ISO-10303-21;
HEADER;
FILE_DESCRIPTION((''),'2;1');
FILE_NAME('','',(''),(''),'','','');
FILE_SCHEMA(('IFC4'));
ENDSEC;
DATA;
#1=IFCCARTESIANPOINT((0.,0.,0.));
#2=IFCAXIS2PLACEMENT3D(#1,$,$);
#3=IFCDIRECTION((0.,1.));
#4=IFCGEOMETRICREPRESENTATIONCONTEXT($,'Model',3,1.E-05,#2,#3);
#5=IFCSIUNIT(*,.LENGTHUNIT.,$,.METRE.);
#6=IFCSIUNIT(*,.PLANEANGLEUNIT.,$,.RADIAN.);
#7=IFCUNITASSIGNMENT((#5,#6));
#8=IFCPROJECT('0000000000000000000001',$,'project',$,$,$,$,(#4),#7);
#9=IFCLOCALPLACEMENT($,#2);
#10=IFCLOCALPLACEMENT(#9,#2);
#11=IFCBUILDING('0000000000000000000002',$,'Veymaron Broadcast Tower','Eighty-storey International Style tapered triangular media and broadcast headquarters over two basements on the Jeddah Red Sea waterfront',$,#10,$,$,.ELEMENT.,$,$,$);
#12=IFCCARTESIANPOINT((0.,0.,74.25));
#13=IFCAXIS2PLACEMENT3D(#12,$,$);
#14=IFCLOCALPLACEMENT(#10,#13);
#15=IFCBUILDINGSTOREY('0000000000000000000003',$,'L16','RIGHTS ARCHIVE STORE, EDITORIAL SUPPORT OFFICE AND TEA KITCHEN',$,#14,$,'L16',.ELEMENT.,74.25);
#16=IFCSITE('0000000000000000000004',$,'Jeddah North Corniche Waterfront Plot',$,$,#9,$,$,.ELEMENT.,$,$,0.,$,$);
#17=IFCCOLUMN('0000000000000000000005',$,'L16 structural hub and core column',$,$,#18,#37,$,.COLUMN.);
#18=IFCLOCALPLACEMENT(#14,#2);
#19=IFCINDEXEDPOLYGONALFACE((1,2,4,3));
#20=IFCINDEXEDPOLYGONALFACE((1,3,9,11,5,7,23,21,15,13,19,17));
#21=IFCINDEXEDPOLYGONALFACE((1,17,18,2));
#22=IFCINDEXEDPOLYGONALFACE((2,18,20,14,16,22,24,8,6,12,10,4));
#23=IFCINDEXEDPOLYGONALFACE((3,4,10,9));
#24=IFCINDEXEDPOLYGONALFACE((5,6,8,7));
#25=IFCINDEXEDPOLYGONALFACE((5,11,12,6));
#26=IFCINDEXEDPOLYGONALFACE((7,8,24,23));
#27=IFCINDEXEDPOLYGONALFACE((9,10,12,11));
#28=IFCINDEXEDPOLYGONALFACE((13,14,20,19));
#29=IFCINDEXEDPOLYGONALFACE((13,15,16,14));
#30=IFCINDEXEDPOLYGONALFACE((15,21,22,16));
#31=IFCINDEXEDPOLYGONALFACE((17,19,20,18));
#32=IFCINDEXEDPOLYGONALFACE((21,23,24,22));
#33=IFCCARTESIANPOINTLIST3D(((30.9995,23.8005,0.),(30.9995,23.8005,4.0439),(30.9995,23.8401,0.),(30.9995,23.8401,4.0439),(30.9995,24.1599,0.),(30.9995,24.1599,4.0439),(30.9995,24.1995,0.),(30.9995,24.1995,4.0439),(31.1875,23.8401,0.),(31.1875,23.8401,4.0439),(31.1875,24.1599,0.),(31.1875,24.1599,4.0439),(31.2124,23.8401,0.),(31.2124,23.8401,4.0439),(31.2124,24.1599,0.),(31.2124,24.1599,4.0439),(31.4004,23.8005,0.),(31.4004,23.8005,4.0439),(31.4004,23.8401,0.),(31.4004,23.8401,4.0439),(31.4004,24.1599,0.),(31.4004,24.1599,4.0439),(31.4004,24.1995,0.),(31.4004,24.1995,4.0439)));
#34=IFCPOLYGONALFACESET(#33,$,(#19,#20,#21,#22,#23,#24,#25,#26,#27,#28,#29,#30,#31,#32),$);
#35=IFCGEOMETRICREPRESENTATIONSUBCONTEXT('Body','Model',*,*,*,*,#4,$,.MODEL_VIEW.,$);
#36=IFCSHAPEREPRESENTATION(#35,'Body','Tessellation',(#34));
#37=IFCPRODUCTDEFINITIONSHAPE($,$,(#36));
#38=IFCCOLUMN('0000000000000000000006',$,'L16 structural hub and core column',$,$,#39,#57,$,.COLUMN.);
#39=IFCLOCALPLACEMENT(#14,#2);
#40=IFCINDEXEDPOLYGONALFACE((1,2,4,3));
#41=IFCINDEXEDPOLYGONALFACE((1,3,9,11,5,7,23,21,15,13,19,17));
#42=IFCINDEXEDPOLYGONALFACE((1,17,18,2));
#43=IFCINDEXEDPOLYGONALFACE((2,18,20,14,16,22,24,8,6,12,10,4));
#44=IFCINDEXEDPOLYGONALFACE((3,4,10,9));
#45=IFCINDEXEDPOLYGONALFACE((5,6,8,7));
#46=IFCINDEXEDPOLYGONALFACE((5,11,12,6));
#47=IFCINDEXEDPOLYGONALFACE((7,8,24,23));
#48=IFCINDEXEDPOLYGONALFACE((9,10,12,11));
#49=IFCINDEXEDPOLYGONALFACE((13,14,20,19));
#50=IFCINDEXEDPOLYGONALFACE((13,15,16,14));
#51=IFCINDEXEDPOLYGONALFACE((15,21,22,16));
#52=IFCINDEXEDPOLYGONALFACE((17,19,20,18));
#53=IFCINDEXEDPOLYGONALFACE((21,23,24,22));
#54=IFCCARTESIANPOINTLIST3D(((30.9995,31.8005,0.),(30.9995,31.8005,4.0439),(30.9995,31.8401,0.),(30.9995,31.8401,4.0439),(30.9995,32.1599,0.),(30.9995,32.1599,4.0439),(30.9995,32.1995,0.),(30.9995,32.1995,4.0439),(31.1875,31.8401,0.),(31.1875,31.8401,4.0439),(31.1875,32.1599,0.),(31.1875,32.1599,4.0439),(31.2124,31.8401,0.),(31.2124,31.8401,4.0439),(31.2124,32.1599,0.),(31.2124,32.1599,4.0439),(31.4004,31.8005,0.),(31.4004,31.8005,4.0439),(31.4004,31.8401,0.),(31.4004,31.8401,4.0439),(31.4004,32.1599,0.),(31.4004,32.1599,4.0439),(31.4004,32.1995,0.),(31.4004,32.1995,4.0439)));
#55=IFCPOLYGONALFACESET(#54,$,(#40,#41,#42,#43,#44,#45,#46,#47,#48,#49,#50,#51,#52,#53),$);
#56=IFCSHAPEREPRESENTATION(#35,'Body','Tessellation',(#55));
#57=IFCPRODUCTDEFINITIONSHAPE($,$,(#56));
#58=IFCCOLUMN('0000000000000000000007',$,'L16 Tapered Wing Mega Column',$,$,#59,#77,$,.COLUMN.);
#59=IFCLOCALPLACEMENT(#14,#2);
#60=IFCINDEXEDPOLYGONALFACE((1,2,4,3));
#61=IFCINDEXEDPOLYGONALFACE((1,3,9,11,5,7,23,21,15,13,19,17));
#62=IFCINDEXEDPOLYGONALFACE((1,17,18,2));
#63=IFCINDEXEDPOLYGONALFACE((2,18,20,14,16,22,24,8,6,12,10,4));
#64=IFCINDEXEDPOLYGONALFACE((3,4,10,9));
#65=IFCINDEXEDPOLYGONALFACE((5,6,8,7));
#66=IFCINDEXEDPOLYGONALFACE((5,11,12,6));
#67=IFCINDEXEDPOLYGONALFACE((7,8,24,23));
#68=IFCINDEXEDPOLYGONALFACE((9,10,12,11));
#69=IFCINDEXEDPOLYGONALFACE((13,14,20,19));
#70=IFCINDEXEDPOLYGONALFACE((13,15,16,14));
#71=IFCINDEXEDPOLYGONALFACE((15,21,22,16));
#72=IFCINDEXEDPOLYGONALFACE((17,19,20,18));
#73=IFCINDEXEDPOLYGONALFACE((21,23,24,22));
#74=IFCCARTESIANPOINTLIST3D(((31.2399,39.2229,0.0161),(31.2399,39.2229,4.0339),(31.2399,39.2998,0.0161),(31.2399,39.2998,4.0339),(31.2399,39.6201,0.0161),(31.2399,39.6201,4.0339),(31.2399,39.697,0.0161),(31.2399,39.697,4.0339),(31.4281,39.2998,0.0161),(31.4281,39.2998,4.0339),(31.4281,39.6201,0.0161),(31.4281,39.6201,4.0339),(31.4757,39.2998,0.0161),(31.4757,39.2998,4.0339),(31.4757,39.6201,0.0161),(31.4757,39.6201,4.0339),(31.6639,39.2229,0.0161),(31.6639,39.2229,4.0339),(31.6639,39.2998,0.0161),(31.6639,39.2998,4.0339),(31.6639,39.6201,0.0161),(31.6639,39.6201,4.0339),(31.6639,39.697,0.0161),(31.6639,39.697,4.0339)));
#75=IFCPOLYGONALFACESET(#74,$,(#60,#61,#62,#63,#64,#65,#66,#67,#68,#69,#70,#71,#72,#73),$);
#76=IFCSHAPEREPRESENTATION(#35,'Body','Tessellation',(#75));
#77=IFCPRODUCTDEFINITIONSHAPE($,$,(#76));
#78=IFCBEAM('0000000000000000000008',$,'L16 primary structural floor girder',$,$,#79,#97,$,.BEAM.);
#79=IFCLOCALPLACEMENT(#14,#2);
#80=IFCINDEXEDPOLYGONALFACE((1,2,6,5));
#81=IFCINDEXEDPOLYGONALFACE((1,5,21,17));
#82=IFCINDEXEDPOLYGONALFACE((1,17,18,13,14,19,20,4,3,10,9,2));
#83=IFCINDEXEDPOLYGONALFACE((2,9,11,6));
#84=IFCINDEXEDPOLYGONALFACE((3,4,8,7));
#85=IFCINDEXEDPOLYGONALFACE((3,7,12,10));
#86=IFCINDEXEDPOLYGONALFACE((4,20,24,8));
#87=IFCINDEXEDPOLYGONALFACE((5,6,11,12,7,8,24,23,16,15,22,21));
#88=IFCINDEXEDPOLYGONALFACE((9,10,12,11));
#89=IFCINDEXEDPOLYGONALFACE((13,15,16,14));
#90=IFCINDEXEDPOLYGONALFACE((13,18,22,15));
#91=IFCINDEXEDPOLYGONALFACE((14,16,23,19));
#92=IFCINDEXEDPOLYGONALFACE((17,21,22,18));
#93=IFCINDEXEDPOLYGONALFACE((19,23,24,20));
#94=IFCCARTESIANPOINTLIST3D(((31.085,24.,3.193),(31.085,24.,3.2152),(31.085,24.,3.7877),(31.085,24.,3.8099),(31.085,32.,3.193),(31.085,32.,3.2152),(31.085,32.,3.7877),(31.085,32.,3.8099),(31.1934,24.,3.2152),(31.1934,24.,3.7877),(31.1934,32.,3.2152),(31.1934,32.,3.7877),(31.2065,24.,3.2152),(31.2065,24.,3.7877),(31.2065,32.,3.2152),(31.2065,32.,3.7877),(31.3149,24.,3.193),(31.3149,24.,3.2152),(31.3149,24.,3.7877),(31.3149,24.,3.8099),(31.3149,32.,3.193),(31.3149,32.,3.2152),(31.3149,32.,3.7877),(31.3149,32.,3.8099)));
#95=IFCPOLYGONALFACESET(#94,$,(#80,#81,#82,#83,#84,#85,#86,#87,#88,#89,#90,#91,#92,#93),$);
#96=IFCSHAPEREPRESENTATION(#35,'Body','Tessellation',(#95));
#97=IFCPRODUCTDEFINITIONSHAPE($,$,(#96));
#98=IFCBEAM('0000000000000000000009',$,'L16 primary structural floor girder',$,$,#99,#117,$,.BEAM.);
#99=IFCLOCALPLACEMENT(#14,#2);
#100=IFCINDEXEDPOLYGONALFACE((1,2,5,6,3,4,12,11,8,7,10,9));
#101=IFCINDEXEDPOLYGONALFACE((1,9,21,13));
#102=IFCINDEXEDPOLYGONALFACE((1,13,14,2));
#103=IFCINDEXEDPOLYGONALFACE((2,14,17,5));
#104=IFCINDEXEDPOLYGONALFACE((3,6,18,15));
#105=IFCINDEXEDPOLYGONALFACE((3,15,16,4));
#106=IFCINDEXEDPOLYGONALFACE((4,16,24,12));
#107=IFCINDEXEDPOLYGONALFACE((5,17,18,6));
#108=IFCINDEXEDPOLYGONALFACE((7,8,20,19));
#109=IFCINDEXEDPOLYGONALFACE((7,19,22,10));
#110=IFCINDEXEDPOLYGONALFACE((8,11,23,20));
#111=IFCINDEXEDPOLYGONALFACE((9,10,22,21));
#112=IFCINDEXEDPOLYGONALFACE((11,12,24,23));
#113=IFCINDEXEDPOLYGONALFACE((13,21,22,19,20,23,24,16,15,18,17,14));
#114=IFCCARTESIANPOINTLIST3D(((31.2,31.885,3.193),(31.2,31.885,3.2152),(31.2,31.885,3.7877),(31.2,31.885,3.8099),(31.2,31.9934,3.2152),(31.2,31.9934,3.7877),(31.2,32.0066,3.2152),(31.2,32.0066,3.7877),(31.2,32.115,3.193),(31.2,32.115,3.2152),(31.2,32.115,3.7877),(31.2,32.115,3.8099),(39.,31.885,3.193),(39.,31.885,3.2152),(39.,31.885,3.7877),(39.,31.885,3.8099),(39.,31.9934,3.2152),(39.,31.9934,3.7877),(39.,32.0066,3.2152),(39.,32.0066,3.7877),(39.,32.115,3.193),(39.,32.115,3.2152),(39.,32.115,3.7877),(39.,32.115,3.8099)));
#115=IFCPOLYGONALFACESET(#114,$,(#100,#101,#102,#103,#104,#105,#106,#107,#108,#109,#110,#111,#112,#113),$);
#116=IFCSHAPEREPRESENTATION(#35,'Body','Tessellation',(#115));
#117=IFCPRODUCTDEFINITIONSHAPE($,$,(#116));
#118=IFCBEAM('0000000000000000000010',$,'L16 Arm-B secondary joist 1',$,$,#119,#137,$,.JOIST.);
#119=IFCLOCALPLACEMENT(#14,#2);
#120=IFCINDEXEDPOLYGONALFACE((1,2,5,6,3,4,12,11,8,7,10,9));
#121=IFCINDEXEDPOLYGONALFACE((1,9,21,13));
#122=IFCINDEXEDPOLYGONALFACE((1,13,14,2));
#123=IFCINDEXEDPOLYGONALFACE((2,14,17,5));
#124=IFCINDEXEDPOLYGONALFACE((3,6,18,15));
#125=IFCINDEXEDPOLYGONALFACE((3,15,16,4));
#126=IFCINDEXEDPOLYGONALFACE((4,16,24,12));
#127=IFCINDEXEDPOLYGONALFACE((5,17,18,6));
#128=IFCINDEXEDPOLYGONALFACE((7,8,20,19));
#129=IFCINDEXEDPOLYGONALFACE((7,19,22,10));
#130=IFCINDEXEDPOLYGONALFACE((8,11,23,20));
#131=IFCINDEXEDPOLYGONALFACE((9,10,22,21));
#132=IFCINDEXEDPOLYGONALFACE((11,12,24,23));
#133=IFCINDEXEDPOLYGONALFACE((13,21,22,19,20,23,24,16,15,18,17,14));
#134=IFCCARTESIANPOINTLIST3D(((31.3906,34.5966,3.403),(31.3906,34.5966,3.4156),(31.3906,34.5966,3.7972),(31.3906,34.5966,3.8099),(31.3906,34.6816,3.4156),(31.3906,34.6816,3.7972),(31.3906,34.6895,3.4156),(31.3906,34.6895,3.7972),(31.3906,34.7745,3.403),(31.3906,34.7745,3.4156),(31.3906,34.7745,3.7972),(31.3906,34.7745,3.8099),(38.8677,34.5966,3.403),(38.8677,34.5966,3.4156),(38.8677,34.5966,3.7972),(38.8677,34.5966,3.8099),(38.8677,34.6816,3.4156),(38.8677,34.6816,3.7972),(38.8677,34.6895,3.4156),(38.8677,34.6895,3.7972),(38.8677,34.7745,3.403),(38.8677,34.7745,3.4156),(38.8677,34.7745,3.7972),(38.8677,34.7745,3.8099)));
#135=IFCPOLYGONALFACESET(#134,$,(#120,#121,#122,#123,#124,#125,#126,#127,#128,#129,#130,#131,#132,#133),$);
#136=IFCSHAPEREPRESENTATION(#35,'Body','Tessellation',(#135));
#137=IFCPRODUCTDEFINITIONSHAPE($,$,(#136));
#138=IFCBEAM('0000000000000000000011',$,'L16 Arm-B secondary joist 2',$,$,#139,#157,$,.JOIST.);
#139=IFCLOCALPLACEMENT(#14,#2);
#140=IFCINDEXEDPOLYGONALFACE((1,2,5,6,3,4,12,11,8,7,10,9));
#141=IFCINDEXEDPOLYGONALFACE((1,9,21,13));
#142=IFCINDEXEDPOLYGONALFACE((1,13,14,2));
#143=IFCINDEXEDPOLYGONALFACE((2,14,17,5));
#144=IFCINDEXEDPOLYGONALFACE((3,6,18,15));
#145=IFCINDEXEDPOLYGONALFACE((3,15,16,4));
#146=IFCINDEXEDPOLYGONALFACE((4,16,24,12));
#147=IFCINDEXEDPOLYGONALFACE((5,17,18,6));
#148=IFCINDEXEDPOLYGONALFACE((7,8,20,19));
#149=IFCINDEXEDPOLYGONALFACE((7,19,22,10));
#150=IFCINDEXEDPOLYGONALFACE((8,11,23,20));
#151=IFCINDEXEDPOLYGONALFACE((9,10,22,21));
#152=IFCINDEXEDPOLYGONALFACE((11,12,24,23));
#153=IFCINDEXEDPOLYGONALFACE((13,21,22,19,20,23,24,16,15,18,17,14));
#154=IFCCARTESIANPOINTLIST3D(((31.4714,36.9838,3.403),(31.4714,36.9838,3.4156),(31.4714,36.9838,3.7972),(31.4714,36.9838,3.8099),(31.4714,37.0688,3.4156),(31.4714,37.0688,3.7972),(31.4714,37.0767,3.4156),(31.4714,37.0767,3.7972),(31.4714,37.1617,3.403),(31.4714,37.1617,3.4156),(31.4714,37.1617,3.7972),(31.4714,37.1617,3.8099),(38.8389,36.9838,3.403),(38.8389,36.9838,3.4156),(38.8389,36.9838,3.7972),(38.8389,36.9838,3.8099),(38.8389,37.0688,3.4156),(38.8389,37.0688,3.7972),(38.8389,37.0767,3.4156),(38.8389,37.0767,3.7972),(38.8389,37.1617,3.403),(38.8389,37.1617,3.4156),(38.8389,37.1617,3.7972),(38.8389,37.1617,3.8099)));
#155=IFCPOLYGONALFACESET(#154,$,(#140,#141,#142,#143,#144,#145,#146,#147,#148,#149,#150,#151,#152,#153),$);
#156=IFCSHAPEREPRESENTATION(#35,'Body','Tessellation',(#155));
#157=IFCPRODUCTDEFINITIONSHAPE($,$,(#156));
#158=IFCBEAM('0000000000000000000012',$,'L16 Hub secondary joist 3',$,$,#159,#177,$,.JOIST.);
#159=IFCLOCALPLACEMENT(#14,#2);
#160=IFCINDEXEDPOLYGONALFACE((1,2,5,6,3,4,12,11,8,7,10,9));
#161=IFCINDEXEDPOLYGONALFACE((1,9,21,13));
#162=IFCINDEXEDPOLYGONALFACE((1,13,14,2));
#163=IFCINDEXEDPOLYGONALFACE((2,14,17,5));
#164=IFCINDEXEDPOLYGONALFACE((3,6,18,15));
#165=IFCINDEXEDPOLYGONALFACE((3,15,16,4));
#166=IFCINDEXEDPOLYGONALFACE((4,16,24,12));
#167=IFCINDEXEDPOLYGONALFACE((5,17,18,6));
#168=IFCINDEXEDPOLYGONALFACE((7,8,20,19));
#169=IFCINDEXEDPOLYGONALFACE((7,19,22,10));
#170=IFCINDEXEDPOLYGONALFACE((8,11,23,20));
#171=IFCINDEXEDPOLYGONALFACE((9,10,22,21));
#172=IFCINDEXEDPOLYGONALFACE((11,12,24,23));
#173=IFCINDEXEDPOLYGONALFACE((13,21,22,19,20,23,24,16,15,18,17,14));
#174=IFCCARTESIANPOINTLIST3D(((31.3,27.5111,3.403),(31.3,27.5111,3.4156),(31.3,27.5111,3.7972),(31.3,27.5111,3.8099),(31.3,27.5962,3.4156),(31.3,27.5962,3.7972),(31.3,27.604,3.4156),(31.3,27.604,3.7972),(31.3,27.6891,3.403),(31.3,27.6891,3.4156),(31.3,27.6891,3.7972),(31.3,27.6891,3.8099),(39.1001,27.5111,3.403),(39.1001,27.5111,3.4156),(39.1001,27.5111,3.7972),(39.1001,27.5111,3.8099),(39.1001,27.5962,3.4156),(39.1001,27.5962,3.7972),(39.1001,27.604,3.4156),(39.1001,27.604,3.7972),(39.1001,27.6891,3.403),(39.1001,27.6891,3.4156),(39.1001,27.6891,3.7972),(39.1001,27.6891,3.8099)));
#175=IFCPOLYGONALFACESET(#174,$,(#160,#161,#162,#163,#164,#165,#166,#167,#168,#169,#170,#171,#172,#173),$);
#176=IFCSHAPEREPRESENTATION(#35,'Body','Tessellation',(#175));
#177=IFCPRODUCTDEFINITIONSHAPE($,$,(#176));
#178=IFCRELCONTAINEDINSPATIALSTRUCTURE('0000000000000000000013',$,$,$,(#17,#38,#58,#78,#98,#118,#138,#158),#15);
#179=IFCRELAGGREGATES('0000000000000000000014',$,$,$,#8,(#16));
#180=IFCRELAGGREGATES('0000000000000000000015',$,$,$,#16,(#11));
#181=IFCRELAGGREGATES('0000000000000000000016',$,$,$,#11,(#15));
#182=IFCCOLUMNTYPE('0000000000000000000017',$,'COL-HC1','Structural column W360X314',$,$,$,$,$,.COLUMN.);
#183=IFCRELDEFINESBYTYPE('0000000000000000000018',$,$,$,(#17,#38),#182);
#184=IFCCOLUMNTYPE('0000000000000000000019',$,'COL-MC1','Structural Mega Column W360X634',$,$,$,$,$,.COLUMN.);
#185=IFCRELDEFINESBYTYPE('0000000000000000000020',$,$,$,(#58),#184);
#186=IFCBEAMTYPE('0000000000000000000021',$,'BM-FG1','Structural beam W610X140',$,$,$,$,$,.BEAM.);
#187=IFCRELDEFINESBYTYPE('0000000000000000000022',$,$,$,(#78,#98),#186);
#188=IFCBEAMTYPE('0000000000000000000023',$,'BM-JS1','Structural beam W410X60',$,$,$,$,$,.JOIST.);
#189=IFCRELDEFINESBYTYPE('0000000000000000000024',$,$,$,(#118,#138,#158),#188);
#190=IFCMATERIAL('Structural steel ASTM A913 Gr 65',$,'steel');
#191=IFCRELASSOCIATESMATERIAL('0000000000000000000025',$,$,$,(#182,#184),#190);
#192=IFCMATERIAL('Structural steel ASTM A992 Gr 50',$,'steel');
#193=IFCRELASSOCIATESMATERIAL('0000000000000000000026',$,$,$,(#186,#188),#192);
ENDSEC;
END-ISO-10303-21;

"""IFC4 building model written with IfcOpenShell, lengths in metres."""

from ifc_helpers import new_model, si_unit, direction, frame, origin, origin_2d, place, context, subcontext, project, spatial, i_section, extrude, material, material_profile, profile_set, type_object, element, save


model = new_model("IFC4")

# Units and contexts
model_context = context("Model", 3, precision=1e-05, world=origin(), true_north=direction((0.0, 1.0)))
body_context = subcontext(model_context, "Body", "Model", "MODEL_VIEW")
ifc_project = project(units=[si_unit("LENGTHUNIT", "METRE"), si_unit("PLANEANGLEUNIT", "RADIAN")], contexts=[model_context])

# Site, building, storey
site_placement = place(None, origin())
site = spatial("IfcSite", under=ifc_project, at=site_placement, Name="Jeddah North Corniche Waterfront Plot", CompositionType="ELEMENT", RefElevation=0.0)
building_placement = place(site_placement, origin())
building = spatial("IfcBuilding", under=site, at=building_placement, Name="Veymaron Broadcast Tower", Description="Eighty-storey International Style tapered triangular media and broadcast headquarters over two basements on the Jeddah Red Sea waterfront", CompositionType="ELEMENT")
storey_placement = place(building_placement, frame((0.0, 0.0, 74.25)))
storey = spatial("IfcBuildingStorey", under=building, at=storey_placement, Name="L16", Description="RIGHTS ARCHIVE STORE, EDITORIAL SUPPORT OFFICE AND TEA KITCHEN", LongName="L16", CompositionType="ELEMENT", Elevation=74.25)

# Columns
ifc_material_1 = material(Name="Structural steel ASTM A913 Gr 65", Category="steel")
ifc_material_profile_1 = material_profile(ifc_material_1, i_section(OverallWidth=0.4009, OverallDepth=0.3989, WebThickness=0.0249, FlangeThickness=0.0396, at=origin_2d()), Name="W360X314")
ifc_profile_set_1 = profile_set([ifc_material_profile_1], Name="Structural steel ASTM A913 Gr 65")
column_type_1 = type_object("IfcColumnType", Name="COL-HC1", Description="Structural column W360X314", PredefinedType="COLUMN", material=ifc_profile_set_1)
for number, where, z_axis, x_axis, name in (
    (1, (31.2, 24.0, 0.0), (0.0, 0.0, 1.0), (1.0, 0.0, 0.0), "L16 structural hub and core column"),
    (2, (31.2, 32.0, 0.0), (0.0, 0.0, 1.0), (1.0, 0.0, 0.0), "L16 structural hub and core column"),
):
    element("IfcColumn", number, at=place(storey_placement, frame(where, z_axis=z_axis, x_axis=x_axis)), inside=storey, type_object=column_type_1, Name=name, PredefinedType="COLUMN", context=body_context, shape_type="SweptSolid", body=[
        extrude(i_section(OverallWidth=0.4009, OverallDepth=0.3989, WebThickness=0.0249, FlangeThickness=0.0396, at=origin_2d()), origin(), (0.0, 0.0, 1.0), 4.0439),
    ])
ifc_material_profile_2 = material_profile(ifc_material_1, i_section(OverallWidth=0.4241, OverallDepth=0.4741, WebThickness=0.0476, FlangeThickness=0.0769, at=origin_2d()), Name="W360X634")
ifc_profile_set_2 = profile_set([ifc_material_profile_2], Name="Structural steel ASTM A913 Gr 65")
column_type_2 = type_object("IfcColumnType", Name="COL-MC1", Description="Structural Mega Column W360X634", PredefinedType="COLUMN", material=ifc_profile_set_2)
column_placement = place(storey_placement, frame((31.4519, 39.46, 0.0161), z_axis=(0.0, 0.0, 1.0), x_axis=(1.0, 0.0, 0.0)))
element("IfcColumn", 3, at=column_placement, inside=storey, type_object=column_type_2, Name="L16 Tapered Wing Mega Column", PredefinedType="COLUMN", context=body_context, shape_type="SweptSolid", body=[
    extrude(i_section(OverallWidth=0.4241, OverallDepth=0.4741, WebThickness=0.0476, FlangeThickness=0.0769, at=origin_2d()), origin(), (0.0, 0.0, 1.0), 4.0178),
])

# Beams
ifc_material_2 = material(Name="Structural steel ASTM A992 Gr 50", Category="steel")
ifc_material_profile_3 = material_profile(ifc_material_2, i_section(OverallWidth=0.23, OverallDepth=0.6169, WebThickness=0.0132, FlangeThickness=0.0222, at=origin_2d()), Name="W610X140")
ifc_profile_set_3 = profile_set([ifc_material_profile_3], Name="Structural steel ASTM A992 Gr 50")
beam_type_1 = type_object("IfcBeamType", Name="BM-FG1", Description="Structural beam W610X140", PredefinedType="BEAM", material=ifc_profile_set_3)
beam_1_placement = place(storey_placement, frame((31.2, 24.0, 3.5015), z_axis=(0.0, 1.0, 0.0), x_axis=(-1.0, 0.0, 0.0)))
element("IfcBeam", 4, at=beam_1_placement, inside=storey, type_object=beam_type_1, Name="L16 primary structural floor girder", PredefinedType="BEAM", context=body_context, shape_type="SweptSolid", body=[
    extrude(i_section(OverallWidth=0.23, OverallDepth=0.6169, WebThickness=0.0132, FlangeThickness=0.0222, at=origin_2d()), origin(), (0.0, 0.0, 1.0), 8.0),
])
beam_2_placement = place(storey_placement, frame((31.2, 32.0, 3.5015), z_axis=(1.0, 0.0, 0.0), x_axis=(0.0, 1.0, 0.0)))
element("IfcBeam", 5, at=beam_2_placement, inside=storey, type_object=beam_type_1, Name="L16 primary structural floor girder", PredefinedType="BEAM", context=body_context, shape_type="SweptSolid", body=[
    extrude(i_section(OverallWidth=0.23, OverallDepth=0.6169, WebThickness=0.0132, FlangeThickness=0.0222, at=origin_2d()), origin(), (0.0, 0.0, 1.0), 7.8),
])
ifc_material_profile_4 = material_profile(ifc_material_2, i_section(OverallWidth=0.178, OverallDepth=0.407, WebThickness=0.0078, FlangeThickness=0.0127, at=origin_2d()), Name="W410X60")
ifc_profile_set_4 = profile_set([ifc_material_profile_4], Name="Structural steel ASTM A992 Gr 50")
beam_type_2 = type_object("IfcBeamType", Name="BM-JS1", Description="Structural beam W410X60", PredefinedType="JOIST", material=ifc_profile_set_4)
beam_3_placement = place(storey_placement, frame((31.3906, 34.6855, 3.6064), z_axis=(1.0, 0.0, 0.0), x_axis=(0.0, 1.0, 0.0)))
element("IfcBeam", 6, at=beam_3_placement, inside=storey, type_object=beam_type_2, Name="L16 Arm-B secondary joist 1", PredefinedType="JOIST", context=body_context, shape_type="SweptSolid", body=[
    extrude(i_section(OverallWidth=0.178, OverallDepth=0.407, WebThickness=0.0078, FlangeThickness=0.0127, at=origin_2d()), origin(), (0.0, 0.0, 1.0), 7.4771),
])
beam_4_placement = place(storey_placement, frame((31.4714, 37.0728, 3.6064), z_axis=(1.0, 0.0, 0.0), x_axis=(0.0, 1.0, 0.0)))
element("IfcBeam", 7, at=beam_4_placement, inside=storey, type_object=beam_type_2, Name="L16 Arm-B secondary joist 2", PredefinedType="JOIST", context=body_context, shape_type="SweptSolid", body=[
    extrude(i_section(OverallWidth=0.178, OverallDepth=0.407, WebThickness=0.0078, FlangeThickness=0.0127, at=origin_2d()), origin(), (0.0, 0.0, 1.0), 7.3674),
])
for number, where, z_axis, x_axis, name in (
    (8, (31.3, 27.6001, 3.6064), (1.0, 0.0, 0.0), (0.0, 1.0, 0.0), "L16 Hub secondary joist 3"),
):
    element("IfcBeam", number, at=place(storey_placement, frame(where, z_axis=z_axis, x_axis=x_axis)), inside=storey, type_object=beam_type_2, Name=name, PredefinedType="JOIST", context=body_context, shape_type="SweptSolid", body=[
        extrude(i_section(OverallWidth=0.178, OverallDepth=0.407, WebThickness=0.0078, FlangeThickness=0.0127, at=origin_2d()), origin(), (0.0, 0.0, 1.0), 7.8),
    ])

save(model, "model.ifc")
